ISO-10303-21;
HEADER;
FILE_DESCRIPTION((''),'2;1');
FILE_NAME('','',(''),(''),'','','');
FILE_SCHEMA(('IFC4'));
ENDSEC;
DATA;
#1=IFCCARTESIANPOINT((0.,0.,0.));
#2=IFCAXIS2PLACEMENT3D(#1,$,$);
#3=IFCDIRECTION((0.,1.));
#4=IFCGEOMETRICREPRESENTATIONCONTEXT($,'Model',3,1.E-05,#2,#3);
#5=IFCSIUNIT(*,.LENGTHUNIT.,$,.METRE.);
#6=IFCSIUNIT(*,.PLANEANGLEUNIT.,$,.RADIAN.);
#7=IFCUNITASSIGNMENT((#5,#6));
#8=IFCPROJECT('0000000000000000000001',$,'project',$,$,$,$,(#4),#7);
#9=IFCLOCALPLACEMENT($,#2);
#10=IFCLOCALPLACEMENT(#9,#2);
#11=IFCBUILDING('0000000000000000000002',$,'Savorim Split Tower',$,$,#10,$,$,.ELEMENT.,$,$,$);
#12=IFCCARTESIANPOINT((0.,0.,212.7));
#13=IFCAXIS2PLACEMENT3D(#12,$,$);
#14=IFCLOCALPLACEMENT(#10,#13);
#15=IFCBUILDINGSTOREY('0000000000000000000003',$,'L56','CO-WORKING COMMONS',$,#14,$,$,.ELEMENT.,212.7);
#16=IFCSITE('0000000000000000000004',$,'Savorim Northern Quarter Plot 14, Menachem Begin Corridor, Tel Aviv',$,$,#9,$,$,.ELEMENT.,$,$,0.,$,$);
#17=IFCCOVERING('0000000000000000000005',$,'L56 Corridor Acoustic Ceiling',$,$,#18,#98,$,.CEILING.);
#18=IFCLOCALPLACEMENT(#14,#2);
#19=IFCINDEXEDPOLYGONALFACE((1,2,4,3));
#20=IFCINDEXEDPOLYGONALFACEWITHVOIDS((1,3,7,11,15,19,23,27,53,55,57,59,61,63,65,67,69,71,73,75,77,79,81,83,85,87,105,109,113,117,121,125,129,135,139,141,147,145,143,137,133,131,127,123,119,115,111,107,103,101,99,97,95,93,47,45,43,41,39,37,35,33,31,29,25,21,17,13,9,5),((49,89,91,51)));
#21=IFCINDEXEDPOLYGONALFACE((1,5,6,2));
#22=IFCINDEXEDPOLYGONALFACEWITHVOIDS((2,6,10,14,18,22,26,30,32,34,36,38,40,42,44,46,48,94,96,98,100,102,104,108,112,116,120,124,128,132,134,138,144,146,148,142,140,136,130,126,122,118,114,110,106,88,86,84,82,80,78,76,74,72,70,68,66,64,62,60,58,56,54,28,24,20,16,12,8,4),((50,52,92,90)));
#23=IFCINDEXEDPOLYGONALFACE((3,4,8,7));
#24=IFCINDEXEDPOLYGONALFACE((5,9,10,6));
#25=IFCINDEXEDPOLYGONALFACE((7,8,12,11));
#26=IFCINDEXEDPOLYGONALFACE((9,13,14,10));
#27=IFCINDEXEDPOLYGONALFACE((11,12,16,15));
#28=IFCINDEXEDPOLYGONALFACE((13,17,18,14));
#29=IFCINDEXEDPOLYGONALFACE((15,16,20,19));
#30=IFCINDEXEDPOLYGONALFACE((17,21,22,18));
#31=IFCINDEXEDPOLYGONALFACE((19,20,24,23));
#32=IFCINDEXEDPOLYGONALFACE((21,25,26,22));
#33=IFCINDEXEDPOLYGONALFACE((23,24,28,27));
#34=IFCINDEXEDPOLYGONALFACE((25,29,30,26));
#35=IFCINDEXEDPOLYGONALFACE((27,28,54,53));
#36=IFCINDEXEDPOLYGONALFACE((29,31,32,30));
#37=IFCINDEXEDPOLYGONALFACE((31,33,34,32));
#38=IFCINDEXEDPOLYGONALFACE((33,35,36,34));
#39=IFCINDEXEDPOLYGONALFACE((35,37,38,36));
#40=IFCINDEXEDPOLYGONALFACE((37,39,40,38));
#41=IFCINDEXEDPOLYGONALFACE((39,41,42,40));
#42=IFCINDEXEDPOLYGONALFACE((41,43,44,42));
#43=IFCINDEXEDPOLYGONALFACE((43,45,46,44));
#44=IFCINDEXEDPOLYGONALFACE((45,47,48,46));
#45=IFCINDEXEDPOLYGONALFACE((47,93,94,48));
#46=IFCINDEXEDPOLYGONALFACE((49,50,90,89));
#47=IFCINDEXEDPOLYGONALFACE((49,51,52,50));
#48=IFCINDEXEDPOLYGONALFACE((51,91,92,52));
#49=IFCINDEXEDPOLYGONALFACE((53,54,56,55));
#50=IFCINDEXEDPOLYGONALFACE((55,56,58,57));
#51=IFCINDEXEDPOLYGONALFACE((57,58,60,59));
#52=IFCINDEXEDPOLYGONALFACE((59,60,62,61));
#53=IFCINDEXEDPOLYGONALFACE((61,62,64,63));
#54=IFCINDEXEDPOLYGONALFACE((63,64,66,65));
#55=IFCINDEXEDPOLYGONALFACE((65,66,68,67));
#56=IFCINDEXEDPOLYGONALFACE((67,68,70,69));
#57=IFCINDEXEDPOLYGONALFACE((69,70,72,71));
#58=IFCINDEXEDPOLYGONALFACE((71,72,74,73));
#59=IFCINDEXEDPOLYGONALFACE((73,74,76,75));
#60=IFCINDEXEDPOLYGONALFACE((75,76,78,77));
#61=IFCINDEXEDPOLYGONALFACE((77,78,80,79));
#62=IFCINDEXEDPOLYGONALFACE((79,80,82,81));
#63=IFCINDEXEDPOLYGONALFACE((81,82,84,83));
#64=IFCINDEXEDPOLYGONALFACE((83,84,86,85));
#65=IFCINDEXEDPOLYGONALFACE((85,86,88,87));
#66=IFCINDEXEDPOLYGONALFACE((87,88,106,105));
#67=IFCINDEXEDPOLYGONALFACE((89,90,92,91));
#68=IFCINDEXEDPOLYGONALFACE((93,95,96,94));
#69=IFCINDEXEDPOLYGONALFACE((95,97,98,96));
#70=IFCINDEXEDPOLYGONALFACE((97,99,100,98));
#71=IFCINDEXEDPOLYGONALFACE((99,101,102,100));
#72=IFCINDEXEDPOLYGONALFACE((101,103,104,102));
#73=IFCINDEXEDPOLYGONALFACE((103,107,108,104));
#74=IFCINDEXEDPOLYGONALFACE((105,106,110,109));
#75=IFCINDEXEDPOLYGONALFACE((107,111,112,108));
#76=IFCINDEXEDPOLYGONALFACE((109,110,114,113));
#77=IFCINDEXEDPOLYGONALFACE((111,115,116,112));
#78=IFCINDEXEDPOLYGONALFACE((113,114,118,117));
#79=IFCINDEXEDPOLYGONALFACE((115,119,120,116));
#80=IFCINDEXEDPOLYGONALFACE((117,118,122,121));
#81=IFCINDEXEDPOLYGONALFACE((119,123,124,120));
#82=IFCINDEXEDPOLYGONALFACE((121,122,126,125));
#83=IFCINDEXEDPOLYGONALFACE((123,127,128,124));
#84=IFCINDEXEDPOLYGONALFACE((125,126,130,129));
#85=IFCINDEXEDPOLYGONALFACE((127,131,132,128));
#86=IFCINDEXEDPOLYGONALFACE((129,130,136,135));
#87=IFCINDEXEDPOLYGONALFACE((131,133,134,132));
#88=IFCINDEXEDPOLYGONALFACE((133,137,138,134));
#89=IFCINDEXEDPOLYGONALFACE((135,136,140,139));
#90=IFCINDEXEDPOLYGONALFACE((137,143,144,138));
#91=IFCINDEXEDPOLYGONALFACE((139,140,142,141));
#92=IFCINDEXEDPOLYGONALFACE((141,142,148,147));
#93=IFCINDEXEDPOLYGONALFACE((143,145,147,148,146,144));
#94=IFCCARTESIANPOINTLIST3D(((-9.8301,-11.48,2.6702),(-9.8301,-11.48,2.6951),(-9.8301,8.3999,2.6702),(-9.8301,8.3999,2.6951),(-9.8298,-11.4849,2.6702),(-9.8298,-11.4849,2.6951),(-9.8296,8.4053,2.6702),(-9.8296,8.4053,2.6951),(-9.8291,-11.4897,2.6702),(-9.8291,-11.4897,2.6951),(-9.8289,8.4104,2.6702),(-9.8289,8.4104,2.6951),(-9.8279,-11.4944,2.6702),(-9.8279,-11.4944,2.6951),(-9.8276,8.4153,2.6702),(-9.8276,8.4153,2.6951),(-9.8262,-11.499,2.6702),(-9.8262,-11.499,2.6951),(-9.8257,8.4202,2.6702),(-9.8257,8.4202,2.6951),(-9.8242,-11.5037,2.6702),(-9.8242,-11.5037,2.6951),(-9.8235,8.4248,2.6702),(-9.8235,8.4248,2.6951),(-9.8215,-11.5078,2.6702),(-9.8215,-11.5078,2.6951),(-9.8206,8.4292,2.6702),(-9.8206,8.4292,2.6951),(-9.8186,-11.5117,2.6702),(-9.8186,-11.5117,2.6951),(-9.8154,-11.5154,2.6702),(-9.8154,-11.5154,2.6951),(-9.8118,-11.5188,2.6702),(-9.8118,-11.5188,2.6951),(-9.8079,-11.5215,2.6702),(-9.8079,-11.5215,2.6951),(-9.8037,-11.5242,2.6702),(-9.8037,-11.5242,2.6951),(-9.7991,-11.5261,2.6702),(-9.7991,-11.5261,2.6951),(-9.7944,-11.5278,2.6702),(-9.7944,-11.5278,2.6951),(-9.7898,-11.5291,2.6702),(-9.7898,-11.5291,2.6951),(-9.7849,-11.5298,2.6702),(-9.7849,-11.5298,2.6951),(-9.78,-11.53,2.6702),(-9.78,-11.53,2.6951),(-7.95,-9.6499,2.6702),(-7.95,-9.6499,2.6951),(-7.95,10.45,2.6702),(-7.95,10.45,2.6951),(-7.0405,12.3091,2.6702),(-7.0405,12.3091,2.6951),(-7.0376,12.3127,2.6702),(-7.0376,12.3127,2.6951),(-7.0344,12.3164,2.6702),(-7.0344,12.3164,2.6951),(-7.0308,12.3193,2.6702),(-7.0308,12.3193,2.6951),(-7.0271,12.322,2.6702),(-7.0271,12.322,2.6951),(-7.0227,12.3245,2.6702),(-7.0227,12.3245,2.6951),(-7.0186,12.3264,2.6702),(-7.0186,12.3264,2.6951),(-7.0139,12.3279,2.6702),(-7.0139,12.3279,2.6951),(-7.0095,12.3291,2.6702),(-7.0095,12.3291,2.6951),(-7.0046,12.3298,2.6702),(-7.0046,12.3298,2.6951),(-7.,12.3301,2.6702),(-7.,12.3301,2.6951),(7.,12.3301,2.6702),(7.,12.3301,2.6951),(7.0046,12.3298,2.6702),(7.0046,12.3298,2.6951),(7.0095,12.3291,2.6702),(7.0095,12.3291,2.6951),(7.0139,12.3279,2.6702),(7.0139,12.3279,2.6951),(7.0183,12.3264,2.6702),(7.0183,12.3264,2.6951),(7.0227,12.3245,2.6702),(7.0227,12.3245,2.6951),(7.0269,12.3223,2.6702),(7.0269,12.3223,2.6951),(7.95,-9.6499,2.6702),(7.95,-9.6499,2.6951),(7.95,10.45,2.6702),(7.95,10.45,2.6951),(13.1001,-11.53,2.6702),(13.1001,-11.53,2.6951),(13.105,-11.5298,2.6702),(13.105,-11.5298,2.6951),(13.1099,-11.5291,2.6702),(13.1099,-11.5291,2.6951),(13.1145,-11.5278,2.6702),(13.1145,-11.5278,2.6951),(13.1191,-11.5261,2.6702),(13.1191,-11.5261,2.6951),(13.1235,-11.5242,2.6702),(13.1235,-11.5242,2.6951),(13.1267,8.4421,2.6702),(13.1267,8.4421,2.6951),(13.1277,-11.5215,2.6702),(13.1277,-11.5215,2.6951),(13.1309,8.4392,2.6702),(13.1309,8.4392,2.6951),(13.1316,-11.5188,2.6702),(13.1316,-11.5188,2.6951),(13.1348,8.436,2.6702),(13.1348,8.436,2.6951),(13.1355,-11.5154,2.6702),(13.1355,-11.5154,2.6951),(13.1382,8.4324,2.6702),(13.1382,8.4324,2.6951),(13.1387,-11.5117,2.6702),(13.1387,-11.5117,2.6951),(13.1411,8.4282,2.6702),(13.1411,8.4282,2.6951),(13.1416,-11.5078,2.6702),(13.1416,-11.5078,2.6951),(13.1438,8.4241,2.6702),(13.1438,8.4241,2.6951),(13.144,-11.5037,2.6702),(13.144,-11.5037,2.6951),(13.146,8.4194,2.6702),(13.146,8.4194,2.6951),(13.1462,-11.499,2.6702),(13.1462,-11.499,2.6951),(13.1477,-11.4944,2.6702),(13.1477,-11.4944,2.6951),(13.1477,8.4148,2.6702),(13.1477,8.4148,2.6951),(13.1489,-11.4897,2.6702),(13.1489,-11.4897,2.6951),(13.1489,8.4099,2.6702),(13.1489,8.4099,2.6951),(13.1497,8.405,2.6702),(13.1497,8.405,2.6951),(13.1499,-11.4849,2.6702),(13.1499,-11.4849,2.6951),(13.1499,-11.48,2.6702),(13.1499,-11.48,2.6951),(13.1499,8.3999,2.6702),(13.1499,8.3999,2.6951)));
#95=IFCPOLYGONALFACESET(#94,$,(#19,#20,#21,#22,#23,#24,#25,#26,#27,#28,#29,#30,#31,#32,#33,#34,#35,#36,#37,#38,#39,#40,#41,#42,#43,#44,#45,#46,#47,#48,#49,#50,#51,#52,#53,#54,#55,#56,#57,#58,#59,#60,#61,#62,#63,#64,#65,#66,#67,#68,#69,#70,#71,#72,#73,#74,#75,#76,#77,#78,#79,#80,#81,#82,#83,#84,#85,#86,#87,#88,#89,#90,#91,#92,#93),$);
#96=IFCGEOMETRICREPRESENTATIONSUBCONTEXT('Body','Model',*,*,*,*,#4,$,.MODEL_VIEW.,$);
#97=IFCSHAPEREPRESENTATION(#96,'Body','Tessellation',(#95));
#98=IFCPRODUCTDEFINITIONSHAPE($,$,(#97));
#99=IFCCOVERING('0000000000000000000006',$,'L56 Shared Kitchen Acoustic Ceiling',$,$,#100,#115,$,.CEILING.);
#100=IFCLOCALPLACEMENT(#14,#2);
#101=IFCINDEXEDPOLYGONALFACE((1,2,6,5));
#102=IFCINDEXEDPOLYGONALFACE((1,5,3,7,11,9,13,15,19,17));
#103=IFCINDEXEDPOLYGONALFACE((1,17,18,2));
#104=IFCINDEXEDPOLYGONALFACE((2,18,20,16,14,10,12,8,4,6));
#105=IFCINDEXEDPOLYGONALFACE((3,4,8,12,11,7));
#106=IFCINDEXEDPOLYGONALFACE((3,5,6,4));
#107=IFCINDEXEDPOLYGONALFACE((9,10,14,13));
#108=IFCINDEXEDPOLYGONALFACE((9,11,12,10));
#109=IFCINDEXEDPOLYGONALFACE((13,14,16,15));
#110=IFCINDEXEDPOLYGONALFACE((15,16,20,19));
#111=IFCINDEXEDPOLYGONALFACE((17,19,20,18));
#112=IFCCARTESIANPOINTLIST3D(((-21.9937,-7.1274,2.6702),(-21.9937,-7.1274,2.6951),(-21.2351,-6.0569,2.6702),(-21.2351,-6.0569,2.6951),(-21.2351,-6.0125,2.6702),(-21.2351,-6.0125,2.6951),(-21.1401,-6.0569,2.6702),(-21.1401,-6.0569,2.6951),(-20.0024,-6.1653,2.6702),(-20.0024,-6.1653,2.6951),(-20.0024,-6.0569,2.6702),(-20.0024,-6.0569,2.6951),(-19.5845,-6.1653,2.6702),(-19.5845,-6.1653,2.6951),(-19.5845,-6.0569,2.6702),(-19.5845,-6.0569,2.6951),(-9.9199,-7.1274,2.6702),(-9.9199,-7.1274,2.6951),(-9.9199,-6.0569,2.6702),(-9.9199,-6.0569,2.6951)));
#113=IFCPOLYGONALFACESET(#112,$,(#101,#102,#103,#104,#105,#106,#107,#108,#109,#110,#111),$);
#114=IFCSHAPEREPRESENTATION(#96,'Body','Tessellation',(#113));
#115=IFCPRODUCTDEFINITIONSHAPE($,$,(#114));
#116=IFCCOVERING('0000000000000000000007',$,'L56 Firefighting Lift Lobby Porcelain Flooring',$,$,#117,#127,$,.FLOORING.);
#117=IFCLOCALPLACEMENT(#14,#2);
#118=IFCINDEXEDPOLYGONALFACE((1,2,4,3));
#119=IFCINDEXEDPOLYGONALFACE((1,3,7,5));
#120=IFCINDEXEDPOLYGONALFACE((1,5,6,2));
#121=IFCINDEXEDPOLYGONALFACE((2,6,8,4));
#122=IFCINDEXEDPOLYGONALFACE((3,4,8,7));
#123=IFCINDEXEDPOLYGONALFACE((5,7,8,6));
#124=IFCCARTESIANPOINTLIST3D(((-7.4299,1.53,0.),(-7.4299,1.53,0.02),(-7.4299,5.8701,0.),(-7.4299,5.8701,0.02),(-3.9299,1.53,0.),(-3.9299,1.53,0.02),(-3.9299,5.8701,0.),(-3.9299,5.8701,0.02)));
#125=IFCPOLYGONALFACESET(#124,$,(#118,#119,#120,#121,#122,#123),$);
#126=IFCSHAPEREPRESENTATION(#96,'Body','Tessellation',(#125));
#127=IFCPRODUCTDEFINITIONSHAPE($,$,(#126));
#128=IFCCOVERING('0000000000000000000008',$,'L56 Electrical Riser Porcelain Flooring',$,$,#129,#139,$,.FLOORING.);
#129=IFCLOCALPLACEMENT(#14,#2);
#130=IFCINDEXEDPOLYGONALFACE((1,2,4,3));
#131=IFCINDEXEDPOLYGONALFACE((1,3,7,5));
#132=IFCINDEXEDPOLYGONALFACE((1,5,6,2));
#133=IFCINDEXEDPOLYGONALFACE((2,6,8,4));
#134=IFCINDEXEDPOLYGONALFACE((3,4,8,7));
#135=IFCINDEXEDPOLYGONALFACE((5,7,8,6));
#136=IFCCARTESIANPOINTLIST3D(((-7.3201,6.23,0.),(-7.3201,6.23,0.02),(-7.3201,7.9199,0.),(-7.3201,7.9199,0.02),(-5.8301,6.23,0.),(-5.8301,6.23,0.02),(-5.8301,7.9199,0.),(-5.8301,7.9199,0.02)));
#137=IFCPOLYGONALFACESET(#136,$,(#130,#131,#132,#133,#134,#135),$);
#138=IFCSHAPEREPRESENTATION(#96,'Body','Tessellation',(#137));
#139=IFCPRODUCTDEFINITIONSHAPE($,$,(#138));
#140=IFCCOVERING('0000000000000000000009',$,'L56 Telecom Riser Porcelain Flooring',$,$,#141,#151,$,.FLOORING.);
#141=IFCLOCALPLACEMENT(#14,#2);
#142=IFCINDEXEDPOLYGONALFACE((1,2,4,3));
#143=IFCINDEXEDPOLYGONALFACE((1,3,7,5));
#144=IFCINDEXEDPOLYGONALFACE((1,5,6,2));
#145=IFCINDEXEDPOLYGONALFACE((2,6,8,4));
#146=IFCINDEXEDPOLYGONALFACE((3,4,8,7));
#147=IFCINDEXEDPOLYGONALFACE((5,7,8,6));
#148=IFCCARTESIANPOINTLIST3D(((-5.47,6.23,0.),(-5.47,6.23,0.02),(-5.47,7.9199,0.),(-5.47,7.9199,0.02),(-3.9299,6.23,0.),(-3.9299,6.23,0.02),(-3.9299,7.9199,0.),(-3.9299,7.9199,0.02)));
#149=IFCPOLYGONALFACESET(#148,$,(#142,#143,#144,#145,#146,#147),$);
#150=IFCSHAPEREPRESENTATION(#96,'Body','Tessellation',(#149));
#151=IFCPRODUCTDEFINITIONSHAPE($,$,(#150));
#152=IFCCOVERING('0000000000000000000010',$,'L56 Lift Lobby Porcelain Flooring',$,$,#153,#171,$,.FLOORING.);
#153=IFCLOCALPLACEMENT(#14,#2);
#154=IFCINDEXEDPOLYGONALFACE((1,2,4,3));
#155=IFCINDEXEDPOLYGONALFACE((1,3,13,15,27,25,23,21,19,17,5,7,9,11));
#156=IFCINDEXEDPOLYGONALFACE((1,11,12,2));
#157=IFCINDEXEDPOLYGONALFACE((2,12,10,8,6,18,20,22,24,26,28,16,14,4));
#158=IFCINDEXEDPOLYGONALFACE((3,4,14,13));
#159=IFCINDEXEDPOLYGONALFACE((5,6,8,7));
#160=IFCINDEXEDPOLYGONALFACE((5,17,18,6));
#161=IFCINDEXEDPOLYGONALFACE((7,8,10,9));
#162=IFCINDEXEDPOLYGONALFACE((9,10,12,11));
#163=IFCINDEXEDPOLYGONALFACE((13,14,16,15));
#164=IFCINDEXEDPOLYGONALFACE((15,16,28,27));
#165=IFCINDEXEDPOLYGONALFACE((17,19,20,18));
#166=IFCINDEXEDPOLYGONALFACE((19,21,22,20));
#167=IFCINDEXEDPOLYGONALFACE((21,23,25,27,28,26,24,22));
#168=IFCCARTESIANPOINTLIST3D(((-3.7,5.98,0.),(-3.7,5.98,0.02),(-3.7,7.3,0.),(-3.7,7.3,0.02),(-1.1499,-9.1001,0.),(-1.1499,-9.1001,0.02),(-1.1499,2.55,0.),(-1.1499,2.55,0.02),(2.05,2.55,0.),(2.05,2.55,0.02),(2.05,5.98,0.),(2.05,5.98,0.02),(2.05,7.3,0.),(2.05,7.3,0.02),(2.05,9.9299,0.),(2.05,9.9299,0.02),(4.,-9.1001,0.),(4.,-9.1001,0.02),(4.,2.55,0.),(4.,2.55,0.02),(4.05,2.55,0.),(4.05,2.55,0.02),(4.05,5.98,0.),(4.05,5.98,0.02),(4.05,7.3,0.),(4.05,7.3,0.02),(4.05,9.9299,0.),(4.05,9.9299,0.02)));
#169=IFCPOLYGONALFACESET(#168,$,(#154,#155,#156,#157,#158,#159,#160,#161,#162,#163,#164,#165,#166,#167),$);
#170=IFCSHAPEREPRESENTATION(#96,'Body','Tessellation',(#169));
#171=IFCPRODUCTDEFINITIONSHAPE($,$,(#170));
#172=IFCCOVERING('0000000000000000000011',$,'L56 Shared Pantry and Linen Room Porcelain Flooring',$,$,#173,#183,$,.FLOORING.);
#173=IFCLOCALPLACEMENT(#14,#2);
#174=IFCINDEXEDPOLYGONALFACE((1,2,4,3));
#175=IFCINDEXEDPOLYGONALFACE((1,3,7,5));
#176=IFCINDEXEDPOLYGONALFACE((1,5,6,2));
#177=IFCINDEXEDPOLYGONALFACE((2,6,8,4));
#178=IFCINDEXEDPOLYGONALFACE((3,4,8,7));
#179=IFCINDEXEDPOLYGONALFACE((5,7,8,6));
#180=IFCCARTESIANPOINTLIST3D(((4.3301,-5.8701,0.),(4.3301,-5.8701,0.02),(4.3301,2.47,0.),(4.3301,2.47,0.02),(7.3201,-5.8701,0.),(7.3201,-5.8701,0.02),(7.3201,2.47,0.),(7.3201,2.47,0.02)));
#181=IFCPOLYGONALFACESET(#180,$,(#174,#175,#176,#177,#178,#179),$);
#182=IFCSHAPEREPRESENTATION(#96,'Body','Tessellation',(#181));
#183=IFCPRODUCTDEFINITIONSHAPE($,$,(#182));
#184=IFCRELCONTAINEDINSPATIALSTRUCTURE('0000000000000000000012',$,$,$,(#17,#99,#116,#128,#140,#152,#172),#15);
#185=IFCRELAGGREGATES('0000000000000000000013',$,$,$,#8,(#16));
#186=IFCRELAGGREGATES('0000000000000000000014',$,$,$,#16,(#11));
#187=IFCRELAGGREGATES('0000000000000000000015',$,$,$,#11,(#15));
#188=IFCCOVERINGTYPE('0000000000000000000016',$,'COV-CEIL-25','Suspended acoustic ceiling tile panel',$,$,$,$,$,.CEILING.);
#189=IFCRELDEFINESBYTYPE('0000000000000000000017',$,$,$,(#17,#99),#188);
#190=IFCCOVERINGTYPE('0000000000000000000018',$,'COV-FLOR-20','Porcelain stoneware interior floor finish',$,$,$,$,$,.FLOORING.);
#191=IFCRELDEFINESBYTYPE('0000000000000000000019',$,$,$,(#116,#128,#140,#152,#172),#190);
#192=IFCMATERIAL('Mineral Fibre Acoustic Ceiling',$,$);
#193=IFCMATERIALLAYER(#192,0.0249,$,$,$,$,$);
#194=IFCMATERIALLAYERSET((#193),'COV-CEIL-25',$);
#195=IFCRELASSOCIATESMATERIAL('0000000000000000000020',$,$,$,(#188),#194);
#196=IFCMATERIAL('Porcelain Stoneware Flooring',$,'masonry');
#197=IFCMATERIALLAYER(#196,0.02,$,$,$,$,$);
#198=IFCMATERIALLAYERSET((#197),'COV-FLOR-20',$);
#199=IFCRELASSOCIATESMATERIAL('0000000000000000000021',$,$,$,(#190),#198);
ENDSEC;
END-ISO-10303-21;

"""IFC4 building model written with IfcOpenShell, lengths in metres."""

from ifc_helpers import new_model, si_unit, direction, frame, origin, place, context, subcontext, project, spatial, polyline, outline, extrude, material, layer, layer_set, type_object, element, save


model = new_model("IFC4")

# Units and contexts
model_context = context("Model", 3, precision=1e-05, world=origin(), true_north=direction((0.0, 1.0)))
body_context = subcontext(model_context, "Body", "Model", "MODEL_VIEW")
ifc_project = project(units=[si_unit("LENGTHUNIT", "METRE"), si_unit("PLANEANGLEUNIT", "RADIAN")], contexts=[model_context])

# Site, building, storey
site_placement = place(None, origin())
site = spatial("IfcSite", under=ifc_project, at=site_placement, Name="Savorim Northern Quarter Plot 14, Menachem Begin Corridor, Tel Aviv", CompositionType="ELEMENT", RefElevation=0.0)
building_placement = place(site_placement, origin())
building = spatial("IfcBuilding", under=site, at=building_placement, Name="Savorim Split Tower", CompositionType="ELEMENT")
storey_placement = place(building_placement, frame((0.0, 0.0, 212.7)))
storey = spatial("IfcBuildingStorey", under=building, at=storey_placement, Name="L56", Description="CO-WORKING COMMONS", CompositionType="ELEMENT", Elevation=212.7)

# Coverings
ifc_material_1 = material(Name="Mineral Fibre Acoustic Ceiling")
ifc_layer_1 = layer(ifc_material_1, 0.0249)
ifc_layer_set_1 = layer_set([ifc_layer_1], Name="COV-CEIL-25")
covering_type_1 = type_object("IfcCoveringType", Name="COV-CEIL-25", Description="Suspended acoustic ceiling tile panel", PredefinedType="CEILING", material=ifc_layer_set_1)
covering_1_placement = place(storey_placement, frame((0.0, 0.0, 2.6702)))
element("IfcCovering", 1, at=covering_1_placement, inside=storey, type_object=covering_type_1, Name="L56 Corridor Acoustic Ceiling", PredefinedType="CEILING", context=body_context, shape_type="SweptSolid", body=[
    extrude(outline(polyline([(7.0095, 12.3291), (7.0046, 12.3298), (7.0, 12.3301), (-7.0, 12.3301), (-7.0046, 12.3298), (-7.0095, 12.3291), (-7.0139, 12.3279), (-7.0186, 12.3264), (-7.0227, 12.3245), (-7.0271, 12.322), (-7.0308, 12.3193), (-7.0344, 12.3164), (-7.0376, 12.3127), (-7.0405, 12.3091), (-9.8206, 8.4292), (-9.8235, 8.4248), (-9.8257, 8.4202), (-9.8276, 8.4153), (-9.8289, 8.4104), (-9.8296, 8.4053), (-9.8301, 8.3999), (-9.8301, -11.48), (-9.8298, -11.4849), (-9.8291, -11.4897), (-9.8279, -11.4944), (-9.8262, -11.499), (-9.8242, -11.5037), (-9.8215, -11.5078), (-9.8186, -11.5117), (-9.8154, -11.5154), (-9.8118, -11.5188), (-9.8079, -11.5215), (-9.8037, -11.5242), (-9.7991, -11.5261), (-9.7944, -11.5278), (-9.7898, -11.5291), (-9.7849, -11.5298), (-9.78, -11.53), (13.1001, -11.53), (13.105, -11.5298), (13.1099, -11.5291), (13.1145, -11.5278), (13.1191, -11.5261), (13.1235, -11.5242), (13.1277, -11.5215), (13.1316, -11.5188), (13.1355, -11.5154), (13.1387, -11.5117), (13.1416, -11.5078), (13.144, -11.5037), (13.1462, -11.499), (13.1477, -11.4944), (13.1489, -11.4897), (13.1499, -11.4849), (13.1499, -11.48), (13.1499, 8.3999), (13.1497, 8.405), (13.1489, 8.4099), (13.1477, 8.4148), (13.146, 8.4194), (13.1438, 8.4241), (13.1411, 8.4282), (13.1382, 8.4324), (13.1348, 8.436), (13.1309, 8.4392), (13.1267, 8.4421), (7.0269, 12.3223), (7.0227, 12.3245), (7.0183, 12.3264), (7.0139, 12.3279), (7.0095, 12.3291)]), holes=[polyline([(-7.95, 10.45), (-7.95, -9.6499), (7.95, -9.6499), (7.95, 10.45), (-7.95, 10.45)])]), origin(), (0.0, 0.0, 1.0), 0.0249),
])
covering_2_placement = place(storey_placement, frame((0.0, 0.0, 2.6702)))
element("IfcCovering", 2, at=covering_2_placement, inside=storey, type_object=covering_type_1, Name="L56 Shared Kitchen Acoustic Ceiling", PredefinedType="CEILING", context=body_context, shape_type="SweptSolid", body=[
    extrude(outline(polyline([(-21.1401, -6.0569), (-21.2351, -6.0569), (-21.2351, -6.0125), (-21.9937, -7.1274), (-9.9199, -7.1274), (-9.9199, -6.0569), (-19.5845, -6.0569), (-19.5845, -6.1653), (-20.0024, -6.1653), (-20.0024, -6.0569), (-21.1401, -6.0569)])), origin(), (0.0, 0.0, 1.0), 0.0249),
])
ifc_material_2 = material(Name="Porcelain Stoneware Flooring", Category="masonry")
ifc_layer_2 = layer(ifc_material_2, 0.02)
ifc_layer_set_2 = layer_set([ifc_layer_2], Name="COV-FLOR-20")
covering_type_2 = type_object("IfcCoveringType", Name="COV-FLOR-20", Description="Porcelain stoneware interior floor finish", PredefinedType="FLOORING", material=ifc_layer_set_2)
covering_3_placement = place(storey_placement, origin())
element("IfcCovering", 3, at=covering_3_placement, inside=storey, type_object=covering_type_2, Name="L56 Firefighting Lift Lobby Porcelain Flooring", PredefinedType="FLOORING", context=body_context, shape_type="SweptSolid", body=[
    extrude(outline(polyline([(-7.4299, 5.8701), (-7.4299, 1.53), (-3.9299, 1.53), (-3.9299, 5.8701), (-7.4299, 5.8701)])), origin(), (0.0, 0.0, 1.0), 0.02),
])
covering_4_placement = place(storey_placement, origin())
element("IfcCovering", 4, at=covering_4_placement, inside=storey, type_object=covering_type_2, Name="L56 Electrical Riser Porcelain Flooring", PredefinedType="FLOORING", context=body_context, shape_type="SweptSolid", body=[
    extrude(outline(polyline([(-7.3201, 7.9199), (-7.3201, 6.23), (-5.8301, 6.23), (-5.8301, 7.9199), (-7.3201, 7.9199)])), origin(), (0.0, 0.0, 1.0), 0.02),
])
covering_5_placement = place(storey_placement, origin())
element("IfcCovering", 5, at=covering_5_placement, inside=storey, type_object=covering_type_2, Name="L56 Telecom Riser Porcelain Flooring", PredefinedType="FLOORING", context=body_context, shape_type="SweptSolid", body=[
    extrude(outline(polyline([(-5.47, 7.9199), (-5.47, 6.23), (-3.9299, 6.23), (-3.9299, 7.9199), (-5.47, 7.9199)])), origin(), (0.0, 0.0, 1.0), 0.02),
])
covering_6_placement = place(storey_placement, origin())
element("IfcCovering", 6, at=covering_6_placement, inside=storey, type_object=covering_type_2, Name="L56 Lift Lobby Porcelain Flooring", PredefinedType="FLOORING", context=body_context, shape_type="SweptSolid", body=[
    extrude(outline(polyline([(2.05, 2.55), (-1.1499, 2.55), (-1.1499, -9.1001), (4.0, -9.1001), (4.0, 2.55), (4.05, 2.55), (4.05, 5.98), (4.05, 7.3), (4.05, 9.9299), (2.05, 9.9299), (2.05, 7.3), (-3.7, 7.3), (-3.7, 5.98), (2.05, 5.98), (2.05, 2.55)])), origin(), (0.0, 0.0, 1.0), 0.02),
])
covering_7_placement = place(storey_placement, origin())
element("IfcCovering", 7, at=covering_7_placement, inside=storey, type_object=covering_type_2, Name="L56 Shared Pantry and Linen Room Porcelain Flooring", PredefinedType="FLOORING", context=body_context, shape_type="SweptSolid", body=[
    extrude(outline(polyline([(4.3301, 2.47), (4.3301, -5.8701), (7.3201, -5.8701), (7.3201, 2.47), (4.3301, 2.47)])), origin(), (0.0, 0.0, 1.0), 0.02),
])

save(model, "model.ifc")
